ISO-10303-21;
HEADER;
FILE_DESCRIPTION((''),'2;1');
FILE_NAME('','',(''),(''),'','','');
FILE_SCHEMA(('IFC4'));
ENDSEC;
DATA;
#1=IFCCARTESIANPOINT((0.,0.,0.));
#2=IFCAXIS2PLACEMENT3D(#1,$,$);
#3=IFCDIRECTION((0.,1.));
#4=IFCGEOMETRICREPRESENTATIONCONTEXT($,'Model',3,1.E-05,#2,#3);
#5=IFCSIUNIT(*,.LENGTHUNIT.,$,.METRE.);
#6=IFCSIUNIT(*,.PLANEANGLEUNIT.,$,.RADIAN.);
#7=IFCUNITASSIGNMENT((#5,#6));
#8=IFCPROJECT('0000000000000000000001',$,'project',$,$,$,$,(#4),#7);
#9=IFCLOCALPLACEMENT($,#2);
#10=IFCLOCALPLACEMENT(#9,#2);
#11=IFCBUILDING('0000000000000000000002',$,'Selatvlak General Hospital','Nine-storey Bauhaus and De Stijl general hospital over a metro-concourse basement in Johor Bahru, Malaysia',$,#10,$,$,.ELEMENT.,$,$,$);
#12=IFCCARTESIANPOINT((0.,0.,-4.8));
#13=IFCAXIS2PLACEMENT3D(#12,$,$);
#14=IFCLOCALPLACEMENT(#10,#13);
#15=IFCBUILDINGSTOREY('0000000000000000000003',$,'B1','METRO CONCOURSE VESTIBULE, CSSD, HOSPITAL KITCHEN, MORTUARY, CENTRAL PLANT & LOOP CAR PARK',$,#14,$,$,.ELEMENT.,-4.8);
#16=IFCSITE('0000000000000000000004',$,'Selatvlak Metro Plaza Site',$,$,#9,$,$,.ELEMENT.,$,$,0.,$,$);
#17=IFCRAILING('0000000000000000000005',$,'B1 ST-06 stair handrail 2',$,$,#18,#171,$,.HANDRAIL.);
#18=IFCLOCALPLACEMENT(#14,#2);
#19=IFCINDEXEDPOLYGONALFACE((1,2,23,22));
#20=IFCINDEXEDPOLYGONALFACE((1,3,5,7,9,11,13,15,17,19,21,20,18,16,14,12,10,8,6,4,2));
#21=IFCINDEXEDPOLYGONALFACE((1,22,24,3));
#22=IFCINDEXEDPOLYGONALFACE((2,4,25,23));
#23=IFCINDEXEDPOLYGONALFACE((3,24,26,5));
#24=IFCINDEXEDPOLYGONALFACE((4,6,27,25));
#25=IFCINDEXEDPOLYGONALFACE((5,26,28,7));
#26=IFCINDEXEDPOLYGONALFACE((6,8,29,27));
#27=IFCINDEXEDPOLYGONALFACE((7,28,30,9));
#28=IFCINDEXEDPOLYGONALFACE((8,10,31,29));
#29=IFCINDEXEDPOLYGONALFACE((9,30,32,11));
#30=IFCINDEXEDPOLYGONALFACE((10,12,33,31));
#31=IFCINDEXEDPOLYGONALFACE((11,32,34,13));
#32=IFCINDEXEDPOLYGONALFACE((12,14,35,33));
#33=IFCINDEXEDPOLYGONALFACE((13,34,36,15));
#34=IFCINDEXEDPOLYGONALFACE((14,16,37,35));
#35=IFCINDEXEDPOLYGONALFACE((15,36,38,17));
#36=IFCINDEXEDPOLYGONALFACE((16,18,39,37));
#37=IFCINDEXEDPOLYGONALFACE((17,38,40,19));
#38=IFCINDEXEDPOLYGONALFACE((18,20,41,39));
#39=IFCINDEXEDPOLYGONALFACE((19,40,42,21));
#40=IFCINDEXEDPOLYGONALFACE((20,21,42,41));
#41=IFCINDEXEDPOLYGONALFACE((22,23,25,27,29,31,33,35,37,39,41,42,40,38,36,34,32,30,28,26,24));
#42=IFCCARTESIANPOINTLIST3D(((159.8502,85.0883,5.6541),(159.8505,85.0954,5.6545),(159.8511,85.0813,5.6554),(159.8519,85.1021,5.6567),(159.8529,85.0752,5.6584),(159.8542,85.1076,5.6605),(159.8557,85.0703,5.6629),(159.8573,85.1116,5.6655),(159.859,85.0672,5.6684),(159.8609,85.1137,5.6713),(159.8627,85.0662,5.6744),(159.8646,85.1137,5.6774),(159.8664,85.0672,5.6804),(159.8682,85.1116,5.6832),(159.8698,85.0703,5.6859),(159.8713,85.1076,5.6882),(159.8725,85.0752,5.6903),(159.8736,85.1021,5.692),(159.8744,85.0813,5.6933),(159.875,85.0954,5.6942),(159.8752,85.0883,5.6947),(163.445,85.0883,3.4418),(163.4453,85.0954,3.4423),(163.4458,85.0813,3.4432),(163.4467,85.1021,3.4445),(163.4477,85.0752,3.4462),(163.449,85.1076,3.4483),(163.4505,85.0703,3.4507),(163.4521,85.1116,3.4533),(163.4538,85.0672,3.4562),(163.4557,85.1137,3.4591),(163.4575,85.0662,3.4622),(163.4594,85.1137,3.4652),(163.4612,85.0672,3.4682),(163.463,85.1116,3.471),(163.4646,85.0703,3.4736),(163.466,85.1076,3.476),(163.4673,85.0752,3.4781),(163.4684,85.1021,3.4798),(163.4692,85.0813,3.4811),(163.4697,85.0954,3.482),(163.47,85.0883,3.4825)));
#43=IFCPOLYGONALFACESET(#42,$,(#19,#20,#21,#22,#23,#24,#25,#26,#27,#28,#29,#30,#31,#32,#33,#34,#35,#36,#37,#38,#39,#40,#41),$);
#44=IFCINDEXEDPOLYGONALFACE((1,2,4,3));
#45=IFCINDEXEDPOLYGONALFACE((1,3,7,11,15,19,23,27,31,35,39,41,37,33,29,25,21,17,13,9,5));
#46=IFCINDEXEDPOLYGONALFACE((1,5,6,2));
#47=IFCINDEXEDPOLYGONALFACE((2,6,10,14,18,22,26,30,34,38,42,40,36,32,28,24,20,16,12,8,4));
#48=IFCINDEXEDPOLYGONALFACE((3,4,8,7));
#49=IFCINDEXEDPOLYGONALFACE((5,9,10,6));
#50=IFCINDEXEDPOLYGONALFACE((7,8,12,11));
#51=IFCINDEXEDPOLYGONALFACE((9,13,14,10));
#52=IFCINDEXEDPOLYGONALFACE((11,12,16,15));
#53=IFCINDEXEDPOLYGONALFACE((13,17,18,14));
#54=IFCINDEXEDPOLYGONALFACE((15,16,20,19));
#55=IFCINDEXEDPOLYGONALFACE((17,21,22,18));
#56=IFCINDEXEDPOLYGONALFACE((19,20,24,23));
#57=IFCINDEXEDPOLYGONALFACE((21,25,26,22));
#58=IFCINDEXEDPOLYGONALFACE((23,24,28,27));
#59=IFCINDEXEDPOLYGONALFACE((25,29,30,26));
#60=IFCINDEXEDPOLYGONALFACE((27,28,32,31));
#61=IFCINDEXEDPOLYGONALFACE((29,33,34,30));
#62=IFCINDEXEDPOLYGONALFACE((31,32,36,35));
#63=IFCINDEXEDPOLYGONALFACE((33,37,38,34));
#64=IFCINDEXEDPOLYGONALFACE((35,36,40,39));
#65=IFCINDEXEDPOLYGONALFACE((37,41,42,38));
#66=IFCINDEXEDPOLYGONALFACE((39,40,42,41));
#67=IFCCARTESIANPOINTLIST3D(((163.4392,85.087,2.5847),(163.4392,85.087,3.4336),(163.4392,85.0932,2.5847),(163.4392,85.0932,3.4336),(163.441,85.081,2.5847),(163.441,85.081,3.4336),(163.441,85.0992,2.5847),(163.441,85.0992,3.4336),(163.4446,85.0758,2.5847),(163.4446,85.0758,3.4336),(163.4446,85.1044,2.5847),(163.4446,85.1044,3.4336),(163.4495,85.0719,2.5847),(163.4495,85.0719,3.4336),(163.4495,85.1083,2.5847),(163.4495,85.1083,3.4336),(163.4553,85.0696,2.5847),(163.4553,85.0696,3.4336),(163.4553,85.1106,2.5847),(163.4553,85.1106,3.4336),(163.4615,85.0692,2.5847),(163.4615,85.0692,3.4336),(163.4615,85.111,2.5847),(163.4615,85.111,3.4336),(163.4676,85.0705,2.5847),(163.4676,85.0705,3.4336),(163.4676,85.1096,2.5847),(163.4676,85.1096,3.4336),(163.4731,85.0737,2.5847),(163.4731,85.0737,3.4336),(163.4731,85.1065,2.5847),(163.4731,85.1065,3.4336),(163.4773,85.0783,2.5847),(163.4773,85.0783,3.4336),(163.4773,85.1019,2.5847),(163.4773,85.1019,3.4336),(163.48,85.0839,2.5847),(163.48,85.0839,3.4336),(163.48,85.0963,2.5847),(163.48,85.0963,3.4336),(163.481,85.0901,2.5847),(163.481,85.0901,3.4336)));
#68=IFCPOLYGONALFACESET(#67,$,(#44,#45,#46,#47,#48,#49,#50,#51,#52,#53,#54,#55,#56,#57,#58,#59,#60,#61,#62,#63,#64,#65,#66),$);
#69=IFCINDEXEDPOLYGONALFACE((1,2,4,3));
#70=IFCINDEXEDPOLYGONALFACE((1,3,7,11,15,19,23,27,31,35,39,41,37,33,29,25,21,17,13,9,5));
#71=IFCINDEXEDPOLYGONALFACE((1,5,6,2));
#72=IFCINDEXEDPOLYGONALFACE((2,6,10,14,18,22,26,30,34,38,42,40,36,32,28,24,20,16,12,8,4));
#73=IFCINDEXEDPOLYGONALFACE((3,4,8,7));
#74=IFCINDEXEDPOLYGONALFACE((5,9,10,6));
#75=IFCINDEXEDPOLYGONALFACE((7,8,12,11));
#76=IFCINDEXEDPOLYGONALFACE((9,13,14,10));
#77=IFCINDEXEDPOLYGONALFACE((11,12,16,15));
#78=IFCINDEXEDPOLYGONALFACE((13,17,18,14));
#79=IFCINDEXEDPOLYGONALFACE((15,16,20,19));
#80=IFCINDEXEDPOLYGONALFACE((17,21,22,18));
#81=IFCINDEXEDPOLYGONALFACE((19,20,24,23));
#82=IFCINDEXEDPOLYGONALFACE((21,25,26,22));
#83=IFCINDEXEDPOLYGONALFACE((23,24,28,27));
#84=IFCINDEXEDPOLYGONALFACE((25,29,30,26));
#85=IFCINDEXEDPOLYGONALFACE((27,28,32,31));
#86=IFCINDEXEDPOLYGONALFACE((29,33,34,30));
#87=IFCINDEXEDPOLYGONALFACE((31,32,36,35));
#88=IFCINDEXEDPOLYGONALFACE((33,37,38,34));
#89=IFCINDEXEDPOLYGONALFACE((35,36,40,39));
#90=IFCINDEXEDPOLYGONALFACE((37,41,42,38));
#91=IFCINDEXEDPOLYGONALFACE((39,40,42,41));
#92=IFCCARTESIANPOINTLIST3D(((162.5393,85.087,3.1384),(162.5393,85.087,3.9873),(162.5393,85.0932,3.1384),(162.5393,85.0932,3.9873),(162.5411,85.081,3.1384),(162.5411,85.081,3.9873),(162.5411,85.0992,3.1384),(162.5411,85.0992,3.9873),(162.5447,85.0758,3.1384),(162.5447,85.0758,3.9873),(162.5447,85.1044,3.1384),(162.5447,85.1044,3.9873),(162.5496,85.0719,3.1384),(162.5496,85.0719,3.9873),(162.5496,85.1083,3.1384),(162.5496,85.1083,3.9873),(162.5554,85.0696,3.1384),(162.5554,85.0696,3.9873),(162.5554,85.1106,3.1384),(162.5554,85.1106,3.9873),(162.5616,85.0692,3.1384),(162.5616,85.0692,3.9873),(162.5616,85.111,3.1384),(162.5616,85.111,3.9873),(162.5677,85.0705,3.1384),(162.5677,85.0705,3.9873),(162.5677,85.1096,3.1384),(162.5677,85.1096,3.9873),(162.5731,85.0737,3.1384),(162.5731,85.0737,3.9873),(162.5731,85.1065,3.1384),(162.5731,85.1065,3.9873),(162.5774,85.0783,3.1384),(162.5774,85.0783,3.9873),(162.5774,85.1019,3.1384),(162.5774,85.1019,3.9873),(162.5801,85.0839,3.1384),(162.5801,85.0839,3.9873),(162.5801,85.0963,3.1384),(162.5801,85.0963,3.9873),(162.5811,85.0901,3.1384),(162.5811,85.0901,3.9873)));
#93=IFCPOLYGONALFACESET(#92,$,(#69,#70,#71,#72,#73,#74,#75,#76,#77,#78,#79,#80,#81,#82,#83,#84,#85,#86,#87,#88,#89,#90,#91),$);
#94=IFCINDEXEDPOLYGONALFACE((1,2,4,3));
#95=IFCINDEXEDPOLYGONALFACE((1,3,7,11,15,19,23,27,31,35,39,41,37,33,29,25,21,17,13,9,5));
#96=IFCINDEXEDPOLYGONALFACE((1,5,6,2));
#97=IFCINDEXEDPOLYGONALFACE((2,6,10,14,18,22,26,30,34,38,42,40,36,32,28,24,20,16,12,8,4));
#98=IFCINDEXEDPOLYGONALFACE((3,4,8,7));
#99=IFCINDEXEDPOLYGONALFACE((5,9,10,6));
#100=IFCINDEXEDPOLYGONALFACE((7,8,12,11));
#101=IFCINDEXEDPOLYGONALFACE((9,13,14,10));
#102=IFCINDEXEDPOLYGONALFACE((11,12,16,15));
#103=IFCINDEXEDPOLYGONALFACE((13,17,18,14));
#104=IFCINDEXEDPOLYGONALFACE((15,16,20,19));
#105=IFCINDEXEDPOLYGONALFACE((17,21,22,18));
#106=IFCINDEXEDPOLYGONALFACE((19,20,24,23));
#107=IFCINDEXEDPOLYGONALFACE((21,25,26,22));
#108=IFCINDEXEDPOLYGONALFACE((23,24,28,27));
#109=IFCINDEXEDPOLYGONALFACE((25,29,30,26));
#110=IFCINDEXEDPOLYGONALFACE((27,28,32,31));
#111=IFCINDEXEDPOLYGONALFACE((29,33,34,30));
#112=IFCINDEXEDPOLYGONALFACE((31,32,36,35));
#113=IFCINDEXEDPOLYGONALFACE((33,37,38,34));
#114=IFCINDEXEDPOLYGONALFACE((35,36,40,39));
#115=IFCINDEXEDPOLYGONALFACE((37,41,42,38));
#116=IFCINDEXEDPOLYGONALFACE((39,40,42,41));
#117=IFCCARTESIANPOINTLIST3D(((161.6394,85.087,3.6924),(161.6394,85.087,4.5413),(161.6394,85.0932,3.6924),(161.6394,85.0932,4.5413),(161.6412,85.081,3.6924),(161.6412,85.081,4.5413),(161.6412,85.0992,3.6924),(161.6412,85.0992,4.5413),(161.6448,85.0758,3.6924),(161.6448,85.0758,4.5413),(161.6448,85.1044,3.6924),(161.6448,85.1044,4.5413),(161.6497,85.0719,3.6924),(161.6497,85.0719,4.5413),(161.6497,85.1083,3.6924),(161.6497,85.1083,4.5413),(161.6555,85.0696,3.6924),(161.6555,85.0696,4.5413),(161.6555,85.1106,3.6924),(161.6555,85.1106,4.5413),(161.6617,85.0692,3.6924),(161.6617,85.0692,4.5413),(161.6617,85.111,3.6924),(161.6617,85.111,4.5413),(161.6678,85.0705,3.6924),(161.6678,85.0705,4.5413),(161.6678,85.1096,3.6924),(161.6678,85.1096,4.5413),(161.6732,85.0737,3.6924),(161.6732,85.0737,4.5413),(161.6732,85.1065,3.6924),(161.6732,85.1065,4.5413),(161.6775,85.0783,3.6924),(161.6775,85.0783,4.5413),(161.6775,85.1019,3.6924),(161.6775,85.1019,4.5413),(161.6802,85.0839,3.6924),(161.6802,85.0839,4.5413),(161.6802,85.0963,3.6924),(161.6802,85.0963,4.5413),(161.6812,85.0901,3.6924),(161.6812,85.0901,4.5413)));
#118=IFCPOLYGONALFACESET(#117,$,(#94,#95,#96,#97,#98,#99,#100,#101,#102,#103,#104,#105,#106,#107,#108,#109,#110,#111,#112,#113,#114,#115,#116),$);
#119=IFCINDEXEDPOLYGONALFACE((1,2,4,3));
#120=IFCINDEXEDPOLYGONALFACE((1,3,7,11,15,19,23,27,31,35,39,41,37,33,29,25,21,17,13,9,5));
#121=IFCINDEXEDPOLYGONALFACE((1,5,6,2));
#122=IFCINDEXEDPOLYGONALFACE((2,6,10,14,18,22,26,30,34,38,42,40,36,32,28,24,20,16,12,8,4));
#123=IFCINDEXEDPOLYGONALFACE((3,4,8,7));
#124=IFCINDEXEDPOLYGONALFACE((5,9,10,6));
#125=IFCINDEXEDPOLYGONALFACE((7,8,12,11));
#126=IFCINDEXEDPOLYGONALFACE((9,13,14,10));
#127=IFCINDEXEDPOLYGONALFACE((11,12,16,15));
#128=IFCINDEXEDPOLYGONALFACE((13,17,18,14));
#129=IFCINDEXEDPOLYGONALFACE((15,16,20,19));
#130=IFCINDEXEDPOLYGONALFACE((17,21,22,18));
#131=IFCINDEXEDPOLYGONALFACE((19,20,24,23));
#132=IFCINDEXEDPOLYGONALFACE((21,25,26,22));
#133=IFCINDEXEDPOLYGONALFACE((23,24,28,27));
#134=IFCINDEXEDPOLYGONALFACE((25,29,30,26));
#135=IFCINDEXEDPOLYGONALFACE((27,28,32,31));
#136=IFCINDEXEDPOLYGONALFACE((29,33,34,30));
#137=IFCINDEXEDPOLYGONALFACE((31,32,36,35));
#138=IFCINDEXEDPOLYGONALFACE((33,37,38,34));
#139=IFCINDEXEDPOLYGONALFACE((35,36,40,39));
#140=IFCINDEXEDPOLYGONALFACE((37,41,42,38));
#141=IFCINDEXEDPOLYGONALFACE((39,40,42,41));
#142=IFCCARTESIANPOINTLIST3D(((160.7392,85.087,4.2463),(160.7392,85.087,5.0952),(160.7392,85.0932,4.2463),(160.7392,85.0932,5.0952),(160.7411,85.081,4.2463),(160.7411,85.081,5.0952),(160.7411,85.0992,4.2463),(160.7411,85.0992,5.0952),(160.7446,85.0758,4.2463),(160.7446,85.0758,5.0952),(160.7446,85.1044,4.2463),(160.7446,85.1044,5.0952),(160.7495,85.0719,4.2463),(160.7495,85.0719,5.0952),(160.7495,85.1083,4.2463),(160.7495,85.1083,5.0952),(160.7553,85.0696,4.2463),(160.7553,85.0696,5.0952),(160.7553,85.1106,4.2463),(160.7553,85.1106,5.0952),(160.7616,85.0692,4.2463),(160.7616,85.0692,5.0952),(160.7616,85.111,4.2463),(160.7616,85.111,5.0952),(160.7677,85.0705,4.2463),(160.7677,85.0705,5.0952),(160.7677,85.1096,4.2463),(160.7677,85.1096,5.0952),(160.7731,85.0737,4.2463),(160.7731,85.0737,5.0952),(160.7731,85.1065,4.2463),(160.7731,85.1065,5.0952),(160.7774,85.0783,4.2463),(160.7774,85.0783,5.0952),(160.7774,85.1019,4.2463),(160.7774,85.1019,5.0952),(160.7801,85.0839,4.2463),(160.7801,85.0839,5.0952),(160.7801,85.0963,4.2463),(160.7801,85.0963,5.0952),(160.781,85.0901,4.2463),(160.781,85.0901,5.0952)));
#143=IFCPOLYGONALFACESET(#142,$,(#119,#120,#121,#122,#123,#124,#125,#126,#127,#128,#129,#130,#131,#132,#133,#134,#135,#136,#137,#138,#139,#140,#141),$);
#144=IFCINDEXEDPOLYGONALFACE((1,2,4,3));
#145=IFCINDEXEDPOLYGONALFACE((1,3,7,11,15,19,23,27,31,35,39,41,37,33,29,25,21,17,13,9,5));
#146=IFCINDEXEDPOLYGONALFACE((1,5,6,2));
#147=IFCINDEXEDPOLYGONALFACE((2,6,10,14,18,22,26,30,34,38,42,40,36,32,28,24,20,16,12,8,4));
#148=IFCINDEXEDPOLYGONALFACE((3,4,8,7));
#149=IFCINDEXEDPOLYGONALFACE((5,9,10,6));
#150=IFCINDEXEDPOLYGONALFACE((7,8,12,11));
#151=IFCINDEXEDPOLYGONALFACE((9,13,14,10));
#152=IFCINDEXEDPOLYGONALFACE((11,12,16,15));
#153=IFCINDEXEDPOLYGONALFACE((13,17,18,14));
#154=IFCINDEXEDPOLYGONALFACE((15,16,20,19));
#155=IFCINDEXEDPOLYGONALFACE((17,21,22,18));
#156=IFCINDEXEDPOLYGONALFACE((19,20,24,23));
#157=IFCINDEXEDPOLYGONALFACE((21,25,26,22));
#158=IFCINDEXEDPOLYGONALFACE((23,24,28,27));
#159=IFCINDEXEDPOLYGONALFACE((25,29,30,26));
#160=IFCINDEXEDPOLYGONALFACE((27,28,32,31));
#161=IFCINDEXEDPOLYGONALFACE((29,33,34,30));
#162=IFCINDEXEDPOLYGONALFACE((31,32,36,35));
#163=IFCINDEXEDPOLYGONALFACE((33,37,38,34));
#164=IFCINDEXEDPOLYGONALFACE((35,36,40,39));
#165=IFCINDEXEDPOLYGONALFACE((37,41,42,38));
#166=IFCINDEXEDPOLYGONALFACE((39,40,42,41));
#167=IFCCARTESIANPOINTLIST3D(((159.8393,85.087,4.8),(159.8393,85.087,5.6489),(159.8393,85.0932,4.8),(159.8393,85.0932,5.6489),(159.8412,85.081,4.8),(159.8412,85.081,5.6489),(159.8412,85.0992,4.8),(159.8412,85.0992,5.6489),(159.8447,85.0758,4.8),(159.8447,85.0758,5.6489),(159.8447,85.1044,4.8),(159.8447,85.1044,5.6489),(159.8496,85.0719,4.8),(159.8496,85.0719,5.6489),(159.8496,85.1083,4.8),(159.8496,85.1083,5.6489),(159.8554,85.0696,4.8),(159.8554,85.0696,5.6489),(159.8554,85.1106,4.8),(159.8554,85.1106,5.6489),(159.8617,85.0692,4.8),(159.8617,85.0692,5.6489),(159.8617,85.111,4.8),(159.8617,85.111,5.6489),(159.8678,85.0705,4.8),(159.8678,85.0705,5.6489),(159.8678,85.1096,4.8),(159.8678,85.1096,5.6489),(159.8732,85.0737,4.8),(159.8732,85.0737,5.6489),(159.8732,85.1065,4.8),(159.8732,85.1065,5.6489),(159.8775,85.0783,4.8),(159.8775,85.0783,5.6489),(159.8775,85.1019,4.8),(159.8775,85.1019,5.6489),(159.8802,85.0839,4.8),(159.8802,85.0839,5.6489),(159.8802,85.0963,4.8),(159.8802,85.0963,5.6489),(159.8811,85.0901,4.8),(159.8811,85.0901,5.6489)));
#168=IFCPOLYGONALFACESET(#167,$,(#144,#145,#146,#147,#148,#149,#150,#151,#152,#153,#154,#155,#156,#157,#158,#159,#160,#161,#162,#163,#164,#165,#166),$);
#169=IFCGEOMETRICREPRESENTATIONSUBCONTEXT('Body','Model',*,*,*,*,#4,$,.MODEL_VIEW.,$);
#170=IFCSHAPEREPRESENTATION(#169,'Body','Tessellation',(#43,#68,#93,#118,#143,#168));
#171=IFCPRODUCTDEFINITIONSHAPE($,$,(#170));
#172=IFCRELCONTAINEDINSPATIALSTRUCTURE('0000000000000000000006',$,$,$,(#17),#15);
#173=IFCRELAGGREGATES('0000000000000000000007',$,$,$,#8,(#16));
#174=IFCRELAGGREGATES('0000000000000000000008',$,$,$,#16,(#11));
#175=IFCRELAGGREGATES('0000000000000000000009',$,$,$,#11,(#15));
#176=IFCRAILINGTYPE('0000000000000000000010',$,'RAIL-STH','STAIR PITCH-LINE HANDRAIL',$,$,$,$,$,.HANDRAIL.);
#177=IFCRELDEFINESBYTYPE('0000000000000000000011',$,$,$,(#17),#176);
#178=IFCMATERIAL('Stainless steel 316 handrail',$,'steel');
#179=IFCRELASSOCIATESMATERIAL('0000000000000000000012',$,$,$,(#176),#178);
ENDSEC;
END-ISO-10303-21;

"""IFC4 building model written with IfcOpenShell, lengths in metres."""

from ifc_helpers import new_model, si_unit, direction, frame, origin, origin_2d, place, context, subcontext, project, spatial, circle, extrude, material, type_object, element, save


model = new_model("IFC4")

# Units and contexts
model_context = context("Model", 3, precision=1e-05, world=origin(), true_north=direction((0.0, 1.0)))
body_context = subcontext(model_context, "Body", "Model", "MODEL_VIEW")
ifc_project = project(units=[si_unit("LENGTHUNIT", "METRE"), si_unit("PLANEANGLEUNIT", "RADIAN")], contexts=[model_context])

# Site, building, storey
site_placement = place(None, origin())
site = spatial("IfcSite", under=ifc_project, at=site_placement, Name="Selatvlak Metro Plaza Site", CompositionType="ELEMENT", RefElevation=0.0)
building_placement = place(site_placement, origin())
building = spatial("IfcBuilding", under=site, at=building_placement, Name="Selatvlak General Hospital", Description="Nine-storey Bauhaus and De Stijl general hospital over a metro-concourse basement in Johor Bahru, Malaysia", CompositionType="ELEMENT")
storey_placement = place(building_placement, frame((0.0, 0.0, -4.8)))
storey = spatial("IfcBuildingStorey", under=building, at=storey_placement, Name="B1", Description="METRO CONCOURSE VESTIBULE, CSSD, HOSPITAL KITCHEN, MORTUARY, CENTRAL PLANT & LOOP CAR PARK", CompositionType="ELEMENT", Elevation=-4.8)

# Railing
ifc_material_1 = material(Name="Stainless steel 316 handrail", Category="steel")
railing_type = type_object("IfcRailingType", Name="RAIL-STH", Description="STAIR PITCH-LINE HANDRAIL", PredefinedType="HANDRAIL", material=ifc_material_1)
railing_placement = place(storey_placement, frame((163.46, 85.0901, 2.5847)))
element("IfcRailing", 1, at=railing_placement, inside=storey, type_object=railing_type, Name="B1 ST-06 stair handrail 2", PredefinedType="HANDRAIL", context=body_context, shape_type="SweptSolid", body=[
    extrude(circle(Radius=0.0239, at=origin_2d()), frame((-0.0024, 0.0, 0.8774), z_axis=(-0.851654, 0.0, 0.524104), x_axis=(0.0, -1.0, 0.0)), (0.0, 0.0, 1.0), 4.2209),
    extrude(circle(Radius=0.021, at=origin_2d()), origin(), (0.0, 0.0, 1.0), 0.8489),
    extrude(circle(Radius=0.021, at=origin_2d()), frame((-0.8999, 0.0, 0.5537)), (0.0, 0.0, 1.0), 0.8489),
    extrude(circle(Radius=0.021, at=origin_2d()), frame((-1.7998, 0.0, 1.1077)), (0.0, 0.0, 1.0), 0.8489),
    extrude(circle(Radius=0.021, at=origin_2d()), frame((-2.7, 0.0, 1.6616)), (0.0, 0.0, 1.0), 0.8489),
    extrude(circle(Radius=0.021, at=origin_2d()), frame((-3.5999, 0.0, 2.2153)), (0.0, 0.0, 1.0), 0.8489),
])

save(model, "model.ifc")
